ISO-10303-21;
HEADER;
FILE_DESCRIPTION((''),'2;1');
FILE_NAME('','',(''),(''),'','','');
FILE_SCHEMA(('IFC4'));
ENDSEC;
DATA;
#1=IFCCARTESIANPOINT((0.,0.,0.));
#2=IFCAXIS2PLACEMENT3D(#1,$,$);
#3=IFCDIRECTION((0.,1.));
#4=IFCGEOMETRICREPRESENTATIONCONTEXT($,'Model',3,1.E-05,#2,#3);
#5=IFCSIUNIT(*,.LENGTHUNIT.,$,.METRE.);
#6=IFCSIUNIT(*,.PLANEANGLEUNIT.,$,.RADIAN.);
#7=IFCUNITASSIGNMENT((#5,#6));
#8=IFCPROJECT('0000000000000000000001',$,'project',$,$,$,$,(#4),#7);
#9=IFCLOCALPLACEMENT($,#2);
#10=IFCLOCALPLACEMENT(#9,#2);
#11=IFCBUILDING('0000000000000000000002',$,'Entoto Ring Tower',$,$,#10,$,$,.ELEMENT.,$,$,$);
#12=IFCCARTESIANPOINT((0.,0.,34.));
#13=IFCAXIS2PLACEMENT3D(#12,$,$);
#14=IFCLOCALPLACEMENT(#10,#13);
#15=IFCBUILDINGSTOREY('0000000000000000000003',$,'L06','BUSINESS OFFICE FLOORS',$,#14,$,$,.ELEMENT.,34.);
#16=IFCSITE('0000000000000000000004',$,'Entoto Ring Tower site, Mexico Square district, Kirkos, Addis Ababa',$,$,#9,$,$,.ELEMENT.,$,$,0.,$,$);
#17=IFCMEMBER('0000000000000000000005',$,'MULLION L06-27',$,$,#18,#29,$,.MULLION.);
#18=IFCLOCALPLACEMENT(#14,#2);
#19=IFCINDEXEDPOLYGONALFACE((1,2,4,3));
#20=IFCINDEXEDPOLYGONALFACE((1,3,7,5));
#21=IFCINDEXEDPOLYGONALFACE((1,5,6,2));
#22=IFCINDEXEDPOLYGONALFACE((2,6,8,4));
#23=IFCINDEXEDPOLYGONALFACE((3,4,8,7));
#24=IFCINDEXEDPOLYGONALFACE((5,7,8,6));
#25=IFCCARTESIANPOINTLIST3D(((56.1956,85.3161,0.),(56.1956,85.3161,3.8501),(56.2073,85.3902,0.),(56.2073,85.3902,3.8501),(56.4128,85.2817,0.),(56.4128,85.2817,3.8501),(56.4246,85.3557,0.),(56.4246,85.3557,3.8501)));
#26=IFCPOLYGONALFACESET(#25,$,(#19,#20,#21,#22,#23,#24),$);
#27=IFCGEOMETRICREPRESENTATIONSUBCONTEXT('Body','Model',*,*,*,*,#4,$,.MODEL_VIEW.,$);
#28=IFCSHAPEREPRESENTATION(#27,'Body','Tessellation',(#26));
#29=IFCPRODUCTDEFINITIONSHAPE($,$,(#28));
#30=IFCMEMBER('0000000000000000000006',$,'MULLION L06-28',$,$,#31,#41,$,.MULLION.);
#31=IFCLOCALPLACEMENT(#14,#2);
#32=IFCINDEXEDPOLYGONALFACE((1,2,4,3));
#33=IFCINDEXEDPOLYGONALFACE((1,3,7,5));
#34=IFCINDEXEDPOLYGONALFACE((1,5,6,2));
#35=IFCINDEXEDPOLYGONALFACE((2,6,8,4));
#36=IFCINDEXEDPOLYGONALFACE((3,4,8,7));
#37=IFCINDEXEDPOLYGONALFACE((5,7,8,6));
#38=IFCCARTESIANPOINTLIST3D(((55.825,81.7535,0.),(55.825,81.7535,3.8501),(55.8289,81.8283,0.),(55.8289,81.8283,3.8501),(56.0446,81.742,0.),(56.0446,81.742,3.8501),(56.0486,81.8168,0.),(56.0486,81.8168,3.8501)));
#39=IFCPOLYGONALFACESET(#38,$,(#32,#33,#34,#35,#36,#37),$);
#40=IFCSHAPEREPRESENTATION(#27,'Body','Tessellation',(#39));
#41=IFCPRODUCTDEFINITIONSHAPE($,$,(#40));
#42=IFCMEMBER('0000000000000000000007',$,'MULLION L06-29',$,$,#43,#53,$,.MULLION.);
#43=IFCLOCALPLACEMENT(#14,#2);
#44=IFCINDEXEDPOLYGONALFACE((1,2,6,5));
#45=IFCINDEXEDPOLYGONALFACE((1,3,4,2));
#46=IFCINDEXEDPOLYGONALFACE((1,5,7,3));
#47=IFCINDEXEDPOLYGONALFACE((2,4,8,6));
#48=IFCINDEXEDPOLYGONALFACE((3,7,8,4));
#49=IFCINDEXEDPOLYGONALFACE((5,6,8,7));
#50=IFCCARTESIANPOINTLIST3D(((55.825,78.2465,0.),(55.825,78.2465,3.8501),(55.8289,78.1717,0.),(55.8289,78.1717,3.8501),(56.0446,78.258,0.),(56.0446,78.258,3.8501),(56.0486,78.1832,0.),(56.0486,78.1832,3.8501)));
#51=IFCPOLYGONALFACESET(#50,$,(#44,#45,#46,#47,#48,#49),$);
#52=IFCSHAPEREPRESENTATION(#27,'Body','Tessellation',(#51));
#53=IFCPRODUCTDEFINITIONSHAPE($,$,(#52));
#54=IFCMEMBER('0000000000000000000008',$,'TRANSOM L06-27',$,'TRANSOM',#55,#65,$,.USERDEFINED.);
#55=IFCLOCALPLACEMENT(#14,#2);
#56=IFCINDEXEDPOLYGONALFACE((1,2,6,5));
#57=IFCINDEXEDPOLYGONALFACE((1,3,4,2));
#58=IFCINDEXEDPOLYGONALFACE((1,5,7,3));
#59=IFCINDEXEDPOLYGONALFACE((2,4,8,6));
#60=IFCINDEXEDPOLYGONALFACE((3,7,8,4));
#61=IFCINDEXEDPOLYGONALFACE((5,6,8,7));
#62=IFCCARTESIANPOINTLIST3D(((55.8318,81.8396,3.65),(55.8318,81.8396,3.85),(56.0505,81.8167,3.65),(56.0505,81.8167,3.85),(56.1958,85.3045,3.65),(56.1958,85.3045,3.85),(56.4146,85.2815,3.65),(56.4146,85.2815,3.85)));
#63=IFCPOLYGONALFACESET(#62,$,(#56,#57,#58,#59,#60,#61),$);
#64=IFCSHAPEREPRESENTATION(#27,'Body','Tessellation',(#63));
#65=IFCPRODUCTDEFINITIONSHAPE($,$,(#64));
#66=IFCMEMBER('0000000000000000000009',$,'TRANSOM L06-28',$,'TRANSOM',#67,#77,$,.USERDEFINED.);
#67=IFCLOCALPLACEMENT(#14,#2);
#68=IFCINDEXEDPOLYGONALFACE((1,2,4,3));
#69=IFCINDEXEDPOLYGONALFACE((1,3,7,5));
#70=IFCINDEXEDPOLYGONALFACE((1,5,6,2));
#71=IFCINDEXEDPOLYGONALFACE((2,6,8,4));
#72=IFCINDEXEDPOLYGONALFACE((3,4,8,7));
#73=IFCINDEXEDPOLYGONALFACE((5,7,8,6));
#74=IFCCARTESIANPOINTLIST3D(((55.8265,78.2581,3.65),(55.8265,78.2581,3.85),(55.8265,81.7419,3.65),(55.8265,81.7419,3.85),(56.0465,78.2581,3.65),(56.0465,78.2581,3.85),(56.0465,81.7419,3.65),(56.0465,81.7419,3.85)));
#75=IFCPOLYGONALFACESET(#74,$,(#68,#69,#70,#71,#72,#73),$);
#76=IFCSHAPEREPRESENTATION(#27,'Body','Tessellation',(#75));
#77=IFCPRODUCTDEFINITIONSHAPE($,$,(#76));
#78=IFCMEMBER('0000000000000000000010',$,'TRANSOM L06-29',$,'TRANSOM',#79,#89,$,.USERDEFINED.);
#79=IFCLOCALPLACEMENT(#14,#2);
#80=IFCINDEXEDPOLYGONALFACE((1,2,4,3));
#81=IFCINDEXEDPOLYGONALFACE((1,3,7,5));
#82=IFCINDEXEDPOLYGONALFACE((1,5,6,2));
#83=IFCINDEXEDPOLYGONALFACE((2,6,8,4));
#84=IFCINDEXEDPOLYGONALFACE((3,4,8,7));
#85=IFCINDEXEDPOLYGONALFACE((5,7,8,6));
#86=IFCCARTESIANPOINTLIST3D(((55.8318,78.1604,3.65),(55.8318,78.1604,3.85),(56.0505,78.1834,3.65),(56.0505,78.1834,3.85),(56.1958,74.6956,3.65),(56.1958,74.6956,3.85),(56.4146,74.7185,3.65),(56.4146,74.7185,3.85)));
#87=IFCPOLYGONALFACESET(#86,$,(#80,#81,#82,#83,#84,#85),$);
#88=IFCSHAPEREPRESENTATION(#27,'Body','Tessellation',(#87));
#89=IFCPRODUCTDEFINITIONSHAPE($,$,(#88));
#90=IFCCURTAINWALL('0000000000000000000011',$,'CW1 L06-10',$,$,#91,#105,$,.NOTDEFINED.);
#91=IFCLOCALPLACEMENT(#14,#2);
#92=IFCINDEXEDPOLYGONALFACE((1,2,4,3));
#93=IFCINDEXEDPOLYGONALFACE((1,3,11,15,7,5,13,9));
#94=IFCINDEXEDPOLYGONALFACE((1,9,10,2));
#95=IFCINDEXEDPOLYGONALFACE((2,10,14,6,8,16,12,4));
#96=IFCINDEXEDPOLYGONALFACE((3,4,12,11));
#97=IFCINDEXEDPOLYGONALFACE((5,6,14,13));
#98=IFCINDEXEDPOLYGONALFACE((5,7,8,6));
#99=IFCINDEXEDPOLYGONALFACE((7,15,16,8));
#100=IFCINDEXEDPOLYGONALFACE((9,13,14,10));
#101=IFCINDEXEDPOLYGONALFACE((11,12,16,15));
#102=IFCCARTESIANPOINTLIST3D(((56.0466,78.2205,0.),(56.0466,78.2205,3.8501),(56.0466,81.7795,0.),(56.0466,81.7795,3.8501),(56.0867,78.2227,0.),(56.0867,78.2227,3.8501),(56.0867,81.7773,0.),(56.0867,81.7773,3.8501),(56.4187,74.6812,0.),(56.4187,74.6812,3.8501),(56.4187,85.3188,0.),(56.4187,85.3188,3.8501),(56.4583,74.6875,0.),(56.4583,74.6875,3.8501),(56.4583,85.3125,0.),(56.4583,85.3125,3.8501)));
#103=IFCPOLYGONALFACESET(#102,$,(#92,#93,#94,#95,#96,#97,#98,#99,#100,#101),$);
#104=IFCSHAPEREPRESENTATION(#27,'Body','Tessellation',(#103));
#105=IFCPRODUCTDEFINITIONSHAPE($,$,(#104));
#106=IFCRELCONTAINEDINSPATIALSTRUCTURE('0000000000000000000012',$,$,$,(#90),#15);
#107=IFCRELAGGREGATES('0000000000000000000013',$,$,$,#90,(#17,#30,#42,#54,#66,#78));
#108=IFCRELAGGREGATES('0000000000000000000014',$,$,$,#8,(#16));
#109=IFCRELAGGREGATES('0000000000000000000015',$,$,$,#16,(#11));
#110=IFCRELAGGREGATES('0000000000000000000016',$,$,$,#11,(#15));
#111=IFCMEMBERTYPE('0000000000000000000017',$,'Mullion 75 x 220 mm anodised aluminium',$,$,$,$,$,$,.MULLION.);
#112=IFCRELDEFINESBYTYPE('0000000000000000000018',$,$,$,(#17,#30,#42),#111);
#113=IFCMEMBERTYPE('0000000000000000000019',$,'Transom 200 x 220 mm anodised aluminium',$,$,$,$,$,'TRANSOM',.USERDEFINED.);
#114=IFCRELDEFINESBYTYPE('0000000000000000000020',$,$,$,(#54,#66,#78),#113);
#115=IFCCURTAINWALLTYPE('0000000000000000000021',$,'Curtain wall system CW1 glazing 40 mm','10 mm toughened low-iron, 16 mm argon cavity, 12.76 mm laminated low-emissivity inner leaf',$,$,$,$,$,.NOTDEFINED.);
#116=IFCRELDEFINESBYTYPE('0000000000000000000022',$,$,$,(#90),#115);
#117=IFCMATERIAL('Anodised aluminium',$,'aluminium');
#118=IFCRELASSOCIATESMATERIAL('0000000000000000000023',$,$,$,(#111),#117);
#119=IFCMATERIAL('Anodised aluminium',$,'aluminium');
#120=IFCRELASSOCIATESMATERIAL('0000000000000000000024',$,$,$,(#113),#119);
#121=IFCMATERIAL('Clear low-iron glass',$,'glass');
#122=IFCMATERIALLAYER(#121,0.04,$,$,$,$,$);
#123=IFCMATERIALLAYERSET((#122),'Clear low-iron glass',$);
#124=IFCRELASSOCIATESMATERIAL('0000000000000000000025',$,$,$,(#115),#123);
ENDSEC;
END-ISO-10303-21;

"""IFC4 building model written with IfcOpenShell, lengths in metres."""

from ifc_helpers import new_model, si_unit, direction, frame, origin, origin_2d, place, context, subcontext, project, spatial, polyline, rectangle, outline, extrude, material, layer, layer_set, material_profile, profile_set, type_object, element, aggregate, save


model = new_model("IFC4")

# Units and contexts
model_context = context("Model", 3, precision=1e-05, world=origin(), true_north=direction((0.0, 1.0)))
body_context = subcontext(model_context, "Body", "Model", "MODEL_VIEW")
ifc_project = project(units=[si_unit("LENGTHUNIT", "METRE"), si_unit("PLANEANGLEUNIT", "RADIAN")], contexts=[model_context])

# Members
ifc_material_1 = material(Name="Anodised aluminium", Category="aluminium")
ifc_material_profile_1 = material_profile(ifc_material_1, rectangle(XDim=0.075, YDim=0.22, at=origin_2d()), Name="Mullion 75 x 220 mm anodised aluminium")
ifc_profile_set_1 = profile_set([ifc_material_profile_1], Name="Anodised aluminium")
member_type_1 = type_object("IfcMemberType", Name="Mullion 75 x 220 mm anodised aluminium", PredefinedType="MULLION", material=ifc_profile_set_1)
site_placement = place(None, origin())
building_placement = place(site_placement, origin())
storey_placement = place(building_placement, frame((0.0, 0.0, 34.0)))
member_1_placement = place(storey_placement, frame((56.3101, 85.3359, 0.0), z_axis=(0.0, 0.0, 1.0), x_axis=(-0.156434, -0.987688, 0.0)))
member_1 = element("IfcMember", 1, at=member_1_placement, type_object=member_type_1, Name="MULLION L06-27", PredefinedType="MULLION", context=body_context, shape_type="SweptSolid", body=[
    extrude(rectangle(XDim=0.075, YDim=0.22, at=origin_2d()), origin(), (0.0, 0.0, 1.0), 3.8501),
])
member_2_placement = place(storey_placement, frame((55.9368, 81.7852, 0.0), z_axis=(0.0, 0.0, 1.0), x_axis=(-0.052336, -0.99863, 0.0)))
member_2 = element("IfcMember", 2, at=member_2_placement, type_object=member_type_1, Name="MULLION L06-28", PredefinedType="MULLION", context=body_context, shape_type="SweptSolid", body=[
    extrude(rectangle(XDim=0.075, YDim=0.22, at=origin_2d()), origin(), (0.0, 0.0, 1.0), 3.8501),
])
member_3_placement = place(storey_placement, frame((55.9368, 78.2148, 0.0), z_axis=(0.0, 0.0, 1.0), x_axis=(0.052336, -0.99863, 0.0)))
member_3 = element("IfcMember", 3, at=member_3_placement, type_object=member_type_1, Name="MULLION L06-29", PredefinedType="MULLION", context=body_context, shape_type="SweptSolid", body=[
    extrude(rectangle(XDim=0.075, YDim=0.22, at=origin_2d()), origin(), (0.0, 0.0, 1.0), 3.8501),
])
ifc_material_2 = material(Name="Anodised aluminium", Category="aluminium")
ifc_material_profile_2 = material_profile(ifc_material_2, rectangle(XDim=0.22, YDim=0.2, at=origin_2d()), Name="Transom 200 x 220 mm anodised aluminium")
ifc_profile_set_2 = profile_set([ifc_material_profile_2], Name="Anodised aluminium")
member_type_2 = type_object("IfcMemberType", Name="Transom 200 x 220 mm anodised aluminium", ElementType="TRANSOM", PredefinedType="USERDEFINED", material=ifc_profile_set_2)
member_4_placement = place(storey_placement, frame((56.3052, 85.293, 3.75), z_axis=(-0.104484, -0.994527, 0.0), x_axis=(0.994527, -0.104484, 0.0)))
member_4 = element("IfcMember", 4, at=member_4_placement, type_object=member_type_2, Name="TRANSOM L06-27", ObjectType="TRANSOM", PredefinedType="USERDEFINED", context=body_context, shape_type="SweptSolid", body=[
    extrude(rectangle(XDim=0.22, YDim=0.2, at=origin_2d()), origin(), (0.0, 0.0, 1.0), 3.4839),
])
member_5_placement = place(storey_placement, frame((55.9365, 81.7419, 3.75), z_axis=(0.0, -1.0, 0.0), x_axis=(1.0, 0.0, 0.0)))
member_5 = element("IfcMember", 5, at=member_5_placement, type_object=member_type_2, Name="TRANSOM L06-28", ObjectType="TRANSOM", PredefinedType="USERDEFINED", context=body_context, shape_type="SweptSolid", body=[
    extrude(rectangle(XDim=0.22, YDim=0.2, at=origin_2d()), origin(), (0.0, 0.0, 1.0), 3.4839),
])
member_6_placement = place(storey_placement, frame((55.9412, 78.1719, 3.75), z_axis=(0.104484, -0.994527, 0.0), x_axis=(0.994527, 0.104484, 0.0)))
member_6 = element("IfcMember", 6, at=member_6_placement, type_object=member_type_2, Name="TRANSOM L06-29", ObjectType="TRANSOM", PredefinedType="USERDEFINED", context=body_context, shape_type="SweptSolid", body=[
    extrude(rectangle(XDim=0.22, YDim=0.2, at=origin_2d()), origin(), (0.0, 0.0, 1.0), 3.4839),
])

# Site, building, storey
site = spatial("IfcSite", under=ifc_project, at=site_placement, Name="Entoto Ring Tower site, Mexico Square district, Kirkos, Addis Ababa", CompositionType="ELEMENT", RefElevation=0.0)
building = spatial("IfcBuilding", under=site, at=building_placement, Name="Entoto Ring Tower", CompositionType="ELEMENT")
storey = spatial("IfcBuildingStorey", under=building, at=storey_placement, Name="L06", Description="BUSINESS OFFICE FLOORS", CompositionType="ELEMENT", Elevation=34.0)

# Curtain wall
ifc_material_3 = material(Name="Clear low-iron glass", Category="glass")
ifc_layer = layer(ifc_material_3, 0.04)
ifc_layer_set = layer_set([ifc_layer], Name="Clear low-iron glass")
curtain_wall_type = type_object("IfcCurtainWallType", Name="Curtain wall system CW1 glazing 40 mm", Description="10 mm toughened low-iron, 16 mm argon cavity, 12.76 mm laminated low-emissivity inner leaf", PredefinedType="NOTDEFINED", material=ifc_layer_set)
curtain_wall_1_placement = place(storey_placement, origin())
curtain_wall_1 = element("IfcCurtainWall", 7, at=curtain_wall_1_placement, inside=storey, type_object=curtain_wall_type, Name="CW1 L06-10", PredefinedType="NOTDEFINED", context=body_context, shape_type="SweptSolid", body=[
    extrude(outline(polyline([(56.4187, 85.3188), (56.0466, 81.7795), (56.0466, 78.2205), (56.4187, 74.6812), (56.4583, 74.6875), (56.0867, 78.2227), (56.0867, 81.7773), (56.4583, 85.3125), (56.4187, 85.3188)])), origin(), (0.0, 0.0, 1.0), 3.8501),
])
aggregate(curtain_wall_1, [member_1, member_2, member_3, member_4, member_5, member_6])

save(model, "model.ifc")
